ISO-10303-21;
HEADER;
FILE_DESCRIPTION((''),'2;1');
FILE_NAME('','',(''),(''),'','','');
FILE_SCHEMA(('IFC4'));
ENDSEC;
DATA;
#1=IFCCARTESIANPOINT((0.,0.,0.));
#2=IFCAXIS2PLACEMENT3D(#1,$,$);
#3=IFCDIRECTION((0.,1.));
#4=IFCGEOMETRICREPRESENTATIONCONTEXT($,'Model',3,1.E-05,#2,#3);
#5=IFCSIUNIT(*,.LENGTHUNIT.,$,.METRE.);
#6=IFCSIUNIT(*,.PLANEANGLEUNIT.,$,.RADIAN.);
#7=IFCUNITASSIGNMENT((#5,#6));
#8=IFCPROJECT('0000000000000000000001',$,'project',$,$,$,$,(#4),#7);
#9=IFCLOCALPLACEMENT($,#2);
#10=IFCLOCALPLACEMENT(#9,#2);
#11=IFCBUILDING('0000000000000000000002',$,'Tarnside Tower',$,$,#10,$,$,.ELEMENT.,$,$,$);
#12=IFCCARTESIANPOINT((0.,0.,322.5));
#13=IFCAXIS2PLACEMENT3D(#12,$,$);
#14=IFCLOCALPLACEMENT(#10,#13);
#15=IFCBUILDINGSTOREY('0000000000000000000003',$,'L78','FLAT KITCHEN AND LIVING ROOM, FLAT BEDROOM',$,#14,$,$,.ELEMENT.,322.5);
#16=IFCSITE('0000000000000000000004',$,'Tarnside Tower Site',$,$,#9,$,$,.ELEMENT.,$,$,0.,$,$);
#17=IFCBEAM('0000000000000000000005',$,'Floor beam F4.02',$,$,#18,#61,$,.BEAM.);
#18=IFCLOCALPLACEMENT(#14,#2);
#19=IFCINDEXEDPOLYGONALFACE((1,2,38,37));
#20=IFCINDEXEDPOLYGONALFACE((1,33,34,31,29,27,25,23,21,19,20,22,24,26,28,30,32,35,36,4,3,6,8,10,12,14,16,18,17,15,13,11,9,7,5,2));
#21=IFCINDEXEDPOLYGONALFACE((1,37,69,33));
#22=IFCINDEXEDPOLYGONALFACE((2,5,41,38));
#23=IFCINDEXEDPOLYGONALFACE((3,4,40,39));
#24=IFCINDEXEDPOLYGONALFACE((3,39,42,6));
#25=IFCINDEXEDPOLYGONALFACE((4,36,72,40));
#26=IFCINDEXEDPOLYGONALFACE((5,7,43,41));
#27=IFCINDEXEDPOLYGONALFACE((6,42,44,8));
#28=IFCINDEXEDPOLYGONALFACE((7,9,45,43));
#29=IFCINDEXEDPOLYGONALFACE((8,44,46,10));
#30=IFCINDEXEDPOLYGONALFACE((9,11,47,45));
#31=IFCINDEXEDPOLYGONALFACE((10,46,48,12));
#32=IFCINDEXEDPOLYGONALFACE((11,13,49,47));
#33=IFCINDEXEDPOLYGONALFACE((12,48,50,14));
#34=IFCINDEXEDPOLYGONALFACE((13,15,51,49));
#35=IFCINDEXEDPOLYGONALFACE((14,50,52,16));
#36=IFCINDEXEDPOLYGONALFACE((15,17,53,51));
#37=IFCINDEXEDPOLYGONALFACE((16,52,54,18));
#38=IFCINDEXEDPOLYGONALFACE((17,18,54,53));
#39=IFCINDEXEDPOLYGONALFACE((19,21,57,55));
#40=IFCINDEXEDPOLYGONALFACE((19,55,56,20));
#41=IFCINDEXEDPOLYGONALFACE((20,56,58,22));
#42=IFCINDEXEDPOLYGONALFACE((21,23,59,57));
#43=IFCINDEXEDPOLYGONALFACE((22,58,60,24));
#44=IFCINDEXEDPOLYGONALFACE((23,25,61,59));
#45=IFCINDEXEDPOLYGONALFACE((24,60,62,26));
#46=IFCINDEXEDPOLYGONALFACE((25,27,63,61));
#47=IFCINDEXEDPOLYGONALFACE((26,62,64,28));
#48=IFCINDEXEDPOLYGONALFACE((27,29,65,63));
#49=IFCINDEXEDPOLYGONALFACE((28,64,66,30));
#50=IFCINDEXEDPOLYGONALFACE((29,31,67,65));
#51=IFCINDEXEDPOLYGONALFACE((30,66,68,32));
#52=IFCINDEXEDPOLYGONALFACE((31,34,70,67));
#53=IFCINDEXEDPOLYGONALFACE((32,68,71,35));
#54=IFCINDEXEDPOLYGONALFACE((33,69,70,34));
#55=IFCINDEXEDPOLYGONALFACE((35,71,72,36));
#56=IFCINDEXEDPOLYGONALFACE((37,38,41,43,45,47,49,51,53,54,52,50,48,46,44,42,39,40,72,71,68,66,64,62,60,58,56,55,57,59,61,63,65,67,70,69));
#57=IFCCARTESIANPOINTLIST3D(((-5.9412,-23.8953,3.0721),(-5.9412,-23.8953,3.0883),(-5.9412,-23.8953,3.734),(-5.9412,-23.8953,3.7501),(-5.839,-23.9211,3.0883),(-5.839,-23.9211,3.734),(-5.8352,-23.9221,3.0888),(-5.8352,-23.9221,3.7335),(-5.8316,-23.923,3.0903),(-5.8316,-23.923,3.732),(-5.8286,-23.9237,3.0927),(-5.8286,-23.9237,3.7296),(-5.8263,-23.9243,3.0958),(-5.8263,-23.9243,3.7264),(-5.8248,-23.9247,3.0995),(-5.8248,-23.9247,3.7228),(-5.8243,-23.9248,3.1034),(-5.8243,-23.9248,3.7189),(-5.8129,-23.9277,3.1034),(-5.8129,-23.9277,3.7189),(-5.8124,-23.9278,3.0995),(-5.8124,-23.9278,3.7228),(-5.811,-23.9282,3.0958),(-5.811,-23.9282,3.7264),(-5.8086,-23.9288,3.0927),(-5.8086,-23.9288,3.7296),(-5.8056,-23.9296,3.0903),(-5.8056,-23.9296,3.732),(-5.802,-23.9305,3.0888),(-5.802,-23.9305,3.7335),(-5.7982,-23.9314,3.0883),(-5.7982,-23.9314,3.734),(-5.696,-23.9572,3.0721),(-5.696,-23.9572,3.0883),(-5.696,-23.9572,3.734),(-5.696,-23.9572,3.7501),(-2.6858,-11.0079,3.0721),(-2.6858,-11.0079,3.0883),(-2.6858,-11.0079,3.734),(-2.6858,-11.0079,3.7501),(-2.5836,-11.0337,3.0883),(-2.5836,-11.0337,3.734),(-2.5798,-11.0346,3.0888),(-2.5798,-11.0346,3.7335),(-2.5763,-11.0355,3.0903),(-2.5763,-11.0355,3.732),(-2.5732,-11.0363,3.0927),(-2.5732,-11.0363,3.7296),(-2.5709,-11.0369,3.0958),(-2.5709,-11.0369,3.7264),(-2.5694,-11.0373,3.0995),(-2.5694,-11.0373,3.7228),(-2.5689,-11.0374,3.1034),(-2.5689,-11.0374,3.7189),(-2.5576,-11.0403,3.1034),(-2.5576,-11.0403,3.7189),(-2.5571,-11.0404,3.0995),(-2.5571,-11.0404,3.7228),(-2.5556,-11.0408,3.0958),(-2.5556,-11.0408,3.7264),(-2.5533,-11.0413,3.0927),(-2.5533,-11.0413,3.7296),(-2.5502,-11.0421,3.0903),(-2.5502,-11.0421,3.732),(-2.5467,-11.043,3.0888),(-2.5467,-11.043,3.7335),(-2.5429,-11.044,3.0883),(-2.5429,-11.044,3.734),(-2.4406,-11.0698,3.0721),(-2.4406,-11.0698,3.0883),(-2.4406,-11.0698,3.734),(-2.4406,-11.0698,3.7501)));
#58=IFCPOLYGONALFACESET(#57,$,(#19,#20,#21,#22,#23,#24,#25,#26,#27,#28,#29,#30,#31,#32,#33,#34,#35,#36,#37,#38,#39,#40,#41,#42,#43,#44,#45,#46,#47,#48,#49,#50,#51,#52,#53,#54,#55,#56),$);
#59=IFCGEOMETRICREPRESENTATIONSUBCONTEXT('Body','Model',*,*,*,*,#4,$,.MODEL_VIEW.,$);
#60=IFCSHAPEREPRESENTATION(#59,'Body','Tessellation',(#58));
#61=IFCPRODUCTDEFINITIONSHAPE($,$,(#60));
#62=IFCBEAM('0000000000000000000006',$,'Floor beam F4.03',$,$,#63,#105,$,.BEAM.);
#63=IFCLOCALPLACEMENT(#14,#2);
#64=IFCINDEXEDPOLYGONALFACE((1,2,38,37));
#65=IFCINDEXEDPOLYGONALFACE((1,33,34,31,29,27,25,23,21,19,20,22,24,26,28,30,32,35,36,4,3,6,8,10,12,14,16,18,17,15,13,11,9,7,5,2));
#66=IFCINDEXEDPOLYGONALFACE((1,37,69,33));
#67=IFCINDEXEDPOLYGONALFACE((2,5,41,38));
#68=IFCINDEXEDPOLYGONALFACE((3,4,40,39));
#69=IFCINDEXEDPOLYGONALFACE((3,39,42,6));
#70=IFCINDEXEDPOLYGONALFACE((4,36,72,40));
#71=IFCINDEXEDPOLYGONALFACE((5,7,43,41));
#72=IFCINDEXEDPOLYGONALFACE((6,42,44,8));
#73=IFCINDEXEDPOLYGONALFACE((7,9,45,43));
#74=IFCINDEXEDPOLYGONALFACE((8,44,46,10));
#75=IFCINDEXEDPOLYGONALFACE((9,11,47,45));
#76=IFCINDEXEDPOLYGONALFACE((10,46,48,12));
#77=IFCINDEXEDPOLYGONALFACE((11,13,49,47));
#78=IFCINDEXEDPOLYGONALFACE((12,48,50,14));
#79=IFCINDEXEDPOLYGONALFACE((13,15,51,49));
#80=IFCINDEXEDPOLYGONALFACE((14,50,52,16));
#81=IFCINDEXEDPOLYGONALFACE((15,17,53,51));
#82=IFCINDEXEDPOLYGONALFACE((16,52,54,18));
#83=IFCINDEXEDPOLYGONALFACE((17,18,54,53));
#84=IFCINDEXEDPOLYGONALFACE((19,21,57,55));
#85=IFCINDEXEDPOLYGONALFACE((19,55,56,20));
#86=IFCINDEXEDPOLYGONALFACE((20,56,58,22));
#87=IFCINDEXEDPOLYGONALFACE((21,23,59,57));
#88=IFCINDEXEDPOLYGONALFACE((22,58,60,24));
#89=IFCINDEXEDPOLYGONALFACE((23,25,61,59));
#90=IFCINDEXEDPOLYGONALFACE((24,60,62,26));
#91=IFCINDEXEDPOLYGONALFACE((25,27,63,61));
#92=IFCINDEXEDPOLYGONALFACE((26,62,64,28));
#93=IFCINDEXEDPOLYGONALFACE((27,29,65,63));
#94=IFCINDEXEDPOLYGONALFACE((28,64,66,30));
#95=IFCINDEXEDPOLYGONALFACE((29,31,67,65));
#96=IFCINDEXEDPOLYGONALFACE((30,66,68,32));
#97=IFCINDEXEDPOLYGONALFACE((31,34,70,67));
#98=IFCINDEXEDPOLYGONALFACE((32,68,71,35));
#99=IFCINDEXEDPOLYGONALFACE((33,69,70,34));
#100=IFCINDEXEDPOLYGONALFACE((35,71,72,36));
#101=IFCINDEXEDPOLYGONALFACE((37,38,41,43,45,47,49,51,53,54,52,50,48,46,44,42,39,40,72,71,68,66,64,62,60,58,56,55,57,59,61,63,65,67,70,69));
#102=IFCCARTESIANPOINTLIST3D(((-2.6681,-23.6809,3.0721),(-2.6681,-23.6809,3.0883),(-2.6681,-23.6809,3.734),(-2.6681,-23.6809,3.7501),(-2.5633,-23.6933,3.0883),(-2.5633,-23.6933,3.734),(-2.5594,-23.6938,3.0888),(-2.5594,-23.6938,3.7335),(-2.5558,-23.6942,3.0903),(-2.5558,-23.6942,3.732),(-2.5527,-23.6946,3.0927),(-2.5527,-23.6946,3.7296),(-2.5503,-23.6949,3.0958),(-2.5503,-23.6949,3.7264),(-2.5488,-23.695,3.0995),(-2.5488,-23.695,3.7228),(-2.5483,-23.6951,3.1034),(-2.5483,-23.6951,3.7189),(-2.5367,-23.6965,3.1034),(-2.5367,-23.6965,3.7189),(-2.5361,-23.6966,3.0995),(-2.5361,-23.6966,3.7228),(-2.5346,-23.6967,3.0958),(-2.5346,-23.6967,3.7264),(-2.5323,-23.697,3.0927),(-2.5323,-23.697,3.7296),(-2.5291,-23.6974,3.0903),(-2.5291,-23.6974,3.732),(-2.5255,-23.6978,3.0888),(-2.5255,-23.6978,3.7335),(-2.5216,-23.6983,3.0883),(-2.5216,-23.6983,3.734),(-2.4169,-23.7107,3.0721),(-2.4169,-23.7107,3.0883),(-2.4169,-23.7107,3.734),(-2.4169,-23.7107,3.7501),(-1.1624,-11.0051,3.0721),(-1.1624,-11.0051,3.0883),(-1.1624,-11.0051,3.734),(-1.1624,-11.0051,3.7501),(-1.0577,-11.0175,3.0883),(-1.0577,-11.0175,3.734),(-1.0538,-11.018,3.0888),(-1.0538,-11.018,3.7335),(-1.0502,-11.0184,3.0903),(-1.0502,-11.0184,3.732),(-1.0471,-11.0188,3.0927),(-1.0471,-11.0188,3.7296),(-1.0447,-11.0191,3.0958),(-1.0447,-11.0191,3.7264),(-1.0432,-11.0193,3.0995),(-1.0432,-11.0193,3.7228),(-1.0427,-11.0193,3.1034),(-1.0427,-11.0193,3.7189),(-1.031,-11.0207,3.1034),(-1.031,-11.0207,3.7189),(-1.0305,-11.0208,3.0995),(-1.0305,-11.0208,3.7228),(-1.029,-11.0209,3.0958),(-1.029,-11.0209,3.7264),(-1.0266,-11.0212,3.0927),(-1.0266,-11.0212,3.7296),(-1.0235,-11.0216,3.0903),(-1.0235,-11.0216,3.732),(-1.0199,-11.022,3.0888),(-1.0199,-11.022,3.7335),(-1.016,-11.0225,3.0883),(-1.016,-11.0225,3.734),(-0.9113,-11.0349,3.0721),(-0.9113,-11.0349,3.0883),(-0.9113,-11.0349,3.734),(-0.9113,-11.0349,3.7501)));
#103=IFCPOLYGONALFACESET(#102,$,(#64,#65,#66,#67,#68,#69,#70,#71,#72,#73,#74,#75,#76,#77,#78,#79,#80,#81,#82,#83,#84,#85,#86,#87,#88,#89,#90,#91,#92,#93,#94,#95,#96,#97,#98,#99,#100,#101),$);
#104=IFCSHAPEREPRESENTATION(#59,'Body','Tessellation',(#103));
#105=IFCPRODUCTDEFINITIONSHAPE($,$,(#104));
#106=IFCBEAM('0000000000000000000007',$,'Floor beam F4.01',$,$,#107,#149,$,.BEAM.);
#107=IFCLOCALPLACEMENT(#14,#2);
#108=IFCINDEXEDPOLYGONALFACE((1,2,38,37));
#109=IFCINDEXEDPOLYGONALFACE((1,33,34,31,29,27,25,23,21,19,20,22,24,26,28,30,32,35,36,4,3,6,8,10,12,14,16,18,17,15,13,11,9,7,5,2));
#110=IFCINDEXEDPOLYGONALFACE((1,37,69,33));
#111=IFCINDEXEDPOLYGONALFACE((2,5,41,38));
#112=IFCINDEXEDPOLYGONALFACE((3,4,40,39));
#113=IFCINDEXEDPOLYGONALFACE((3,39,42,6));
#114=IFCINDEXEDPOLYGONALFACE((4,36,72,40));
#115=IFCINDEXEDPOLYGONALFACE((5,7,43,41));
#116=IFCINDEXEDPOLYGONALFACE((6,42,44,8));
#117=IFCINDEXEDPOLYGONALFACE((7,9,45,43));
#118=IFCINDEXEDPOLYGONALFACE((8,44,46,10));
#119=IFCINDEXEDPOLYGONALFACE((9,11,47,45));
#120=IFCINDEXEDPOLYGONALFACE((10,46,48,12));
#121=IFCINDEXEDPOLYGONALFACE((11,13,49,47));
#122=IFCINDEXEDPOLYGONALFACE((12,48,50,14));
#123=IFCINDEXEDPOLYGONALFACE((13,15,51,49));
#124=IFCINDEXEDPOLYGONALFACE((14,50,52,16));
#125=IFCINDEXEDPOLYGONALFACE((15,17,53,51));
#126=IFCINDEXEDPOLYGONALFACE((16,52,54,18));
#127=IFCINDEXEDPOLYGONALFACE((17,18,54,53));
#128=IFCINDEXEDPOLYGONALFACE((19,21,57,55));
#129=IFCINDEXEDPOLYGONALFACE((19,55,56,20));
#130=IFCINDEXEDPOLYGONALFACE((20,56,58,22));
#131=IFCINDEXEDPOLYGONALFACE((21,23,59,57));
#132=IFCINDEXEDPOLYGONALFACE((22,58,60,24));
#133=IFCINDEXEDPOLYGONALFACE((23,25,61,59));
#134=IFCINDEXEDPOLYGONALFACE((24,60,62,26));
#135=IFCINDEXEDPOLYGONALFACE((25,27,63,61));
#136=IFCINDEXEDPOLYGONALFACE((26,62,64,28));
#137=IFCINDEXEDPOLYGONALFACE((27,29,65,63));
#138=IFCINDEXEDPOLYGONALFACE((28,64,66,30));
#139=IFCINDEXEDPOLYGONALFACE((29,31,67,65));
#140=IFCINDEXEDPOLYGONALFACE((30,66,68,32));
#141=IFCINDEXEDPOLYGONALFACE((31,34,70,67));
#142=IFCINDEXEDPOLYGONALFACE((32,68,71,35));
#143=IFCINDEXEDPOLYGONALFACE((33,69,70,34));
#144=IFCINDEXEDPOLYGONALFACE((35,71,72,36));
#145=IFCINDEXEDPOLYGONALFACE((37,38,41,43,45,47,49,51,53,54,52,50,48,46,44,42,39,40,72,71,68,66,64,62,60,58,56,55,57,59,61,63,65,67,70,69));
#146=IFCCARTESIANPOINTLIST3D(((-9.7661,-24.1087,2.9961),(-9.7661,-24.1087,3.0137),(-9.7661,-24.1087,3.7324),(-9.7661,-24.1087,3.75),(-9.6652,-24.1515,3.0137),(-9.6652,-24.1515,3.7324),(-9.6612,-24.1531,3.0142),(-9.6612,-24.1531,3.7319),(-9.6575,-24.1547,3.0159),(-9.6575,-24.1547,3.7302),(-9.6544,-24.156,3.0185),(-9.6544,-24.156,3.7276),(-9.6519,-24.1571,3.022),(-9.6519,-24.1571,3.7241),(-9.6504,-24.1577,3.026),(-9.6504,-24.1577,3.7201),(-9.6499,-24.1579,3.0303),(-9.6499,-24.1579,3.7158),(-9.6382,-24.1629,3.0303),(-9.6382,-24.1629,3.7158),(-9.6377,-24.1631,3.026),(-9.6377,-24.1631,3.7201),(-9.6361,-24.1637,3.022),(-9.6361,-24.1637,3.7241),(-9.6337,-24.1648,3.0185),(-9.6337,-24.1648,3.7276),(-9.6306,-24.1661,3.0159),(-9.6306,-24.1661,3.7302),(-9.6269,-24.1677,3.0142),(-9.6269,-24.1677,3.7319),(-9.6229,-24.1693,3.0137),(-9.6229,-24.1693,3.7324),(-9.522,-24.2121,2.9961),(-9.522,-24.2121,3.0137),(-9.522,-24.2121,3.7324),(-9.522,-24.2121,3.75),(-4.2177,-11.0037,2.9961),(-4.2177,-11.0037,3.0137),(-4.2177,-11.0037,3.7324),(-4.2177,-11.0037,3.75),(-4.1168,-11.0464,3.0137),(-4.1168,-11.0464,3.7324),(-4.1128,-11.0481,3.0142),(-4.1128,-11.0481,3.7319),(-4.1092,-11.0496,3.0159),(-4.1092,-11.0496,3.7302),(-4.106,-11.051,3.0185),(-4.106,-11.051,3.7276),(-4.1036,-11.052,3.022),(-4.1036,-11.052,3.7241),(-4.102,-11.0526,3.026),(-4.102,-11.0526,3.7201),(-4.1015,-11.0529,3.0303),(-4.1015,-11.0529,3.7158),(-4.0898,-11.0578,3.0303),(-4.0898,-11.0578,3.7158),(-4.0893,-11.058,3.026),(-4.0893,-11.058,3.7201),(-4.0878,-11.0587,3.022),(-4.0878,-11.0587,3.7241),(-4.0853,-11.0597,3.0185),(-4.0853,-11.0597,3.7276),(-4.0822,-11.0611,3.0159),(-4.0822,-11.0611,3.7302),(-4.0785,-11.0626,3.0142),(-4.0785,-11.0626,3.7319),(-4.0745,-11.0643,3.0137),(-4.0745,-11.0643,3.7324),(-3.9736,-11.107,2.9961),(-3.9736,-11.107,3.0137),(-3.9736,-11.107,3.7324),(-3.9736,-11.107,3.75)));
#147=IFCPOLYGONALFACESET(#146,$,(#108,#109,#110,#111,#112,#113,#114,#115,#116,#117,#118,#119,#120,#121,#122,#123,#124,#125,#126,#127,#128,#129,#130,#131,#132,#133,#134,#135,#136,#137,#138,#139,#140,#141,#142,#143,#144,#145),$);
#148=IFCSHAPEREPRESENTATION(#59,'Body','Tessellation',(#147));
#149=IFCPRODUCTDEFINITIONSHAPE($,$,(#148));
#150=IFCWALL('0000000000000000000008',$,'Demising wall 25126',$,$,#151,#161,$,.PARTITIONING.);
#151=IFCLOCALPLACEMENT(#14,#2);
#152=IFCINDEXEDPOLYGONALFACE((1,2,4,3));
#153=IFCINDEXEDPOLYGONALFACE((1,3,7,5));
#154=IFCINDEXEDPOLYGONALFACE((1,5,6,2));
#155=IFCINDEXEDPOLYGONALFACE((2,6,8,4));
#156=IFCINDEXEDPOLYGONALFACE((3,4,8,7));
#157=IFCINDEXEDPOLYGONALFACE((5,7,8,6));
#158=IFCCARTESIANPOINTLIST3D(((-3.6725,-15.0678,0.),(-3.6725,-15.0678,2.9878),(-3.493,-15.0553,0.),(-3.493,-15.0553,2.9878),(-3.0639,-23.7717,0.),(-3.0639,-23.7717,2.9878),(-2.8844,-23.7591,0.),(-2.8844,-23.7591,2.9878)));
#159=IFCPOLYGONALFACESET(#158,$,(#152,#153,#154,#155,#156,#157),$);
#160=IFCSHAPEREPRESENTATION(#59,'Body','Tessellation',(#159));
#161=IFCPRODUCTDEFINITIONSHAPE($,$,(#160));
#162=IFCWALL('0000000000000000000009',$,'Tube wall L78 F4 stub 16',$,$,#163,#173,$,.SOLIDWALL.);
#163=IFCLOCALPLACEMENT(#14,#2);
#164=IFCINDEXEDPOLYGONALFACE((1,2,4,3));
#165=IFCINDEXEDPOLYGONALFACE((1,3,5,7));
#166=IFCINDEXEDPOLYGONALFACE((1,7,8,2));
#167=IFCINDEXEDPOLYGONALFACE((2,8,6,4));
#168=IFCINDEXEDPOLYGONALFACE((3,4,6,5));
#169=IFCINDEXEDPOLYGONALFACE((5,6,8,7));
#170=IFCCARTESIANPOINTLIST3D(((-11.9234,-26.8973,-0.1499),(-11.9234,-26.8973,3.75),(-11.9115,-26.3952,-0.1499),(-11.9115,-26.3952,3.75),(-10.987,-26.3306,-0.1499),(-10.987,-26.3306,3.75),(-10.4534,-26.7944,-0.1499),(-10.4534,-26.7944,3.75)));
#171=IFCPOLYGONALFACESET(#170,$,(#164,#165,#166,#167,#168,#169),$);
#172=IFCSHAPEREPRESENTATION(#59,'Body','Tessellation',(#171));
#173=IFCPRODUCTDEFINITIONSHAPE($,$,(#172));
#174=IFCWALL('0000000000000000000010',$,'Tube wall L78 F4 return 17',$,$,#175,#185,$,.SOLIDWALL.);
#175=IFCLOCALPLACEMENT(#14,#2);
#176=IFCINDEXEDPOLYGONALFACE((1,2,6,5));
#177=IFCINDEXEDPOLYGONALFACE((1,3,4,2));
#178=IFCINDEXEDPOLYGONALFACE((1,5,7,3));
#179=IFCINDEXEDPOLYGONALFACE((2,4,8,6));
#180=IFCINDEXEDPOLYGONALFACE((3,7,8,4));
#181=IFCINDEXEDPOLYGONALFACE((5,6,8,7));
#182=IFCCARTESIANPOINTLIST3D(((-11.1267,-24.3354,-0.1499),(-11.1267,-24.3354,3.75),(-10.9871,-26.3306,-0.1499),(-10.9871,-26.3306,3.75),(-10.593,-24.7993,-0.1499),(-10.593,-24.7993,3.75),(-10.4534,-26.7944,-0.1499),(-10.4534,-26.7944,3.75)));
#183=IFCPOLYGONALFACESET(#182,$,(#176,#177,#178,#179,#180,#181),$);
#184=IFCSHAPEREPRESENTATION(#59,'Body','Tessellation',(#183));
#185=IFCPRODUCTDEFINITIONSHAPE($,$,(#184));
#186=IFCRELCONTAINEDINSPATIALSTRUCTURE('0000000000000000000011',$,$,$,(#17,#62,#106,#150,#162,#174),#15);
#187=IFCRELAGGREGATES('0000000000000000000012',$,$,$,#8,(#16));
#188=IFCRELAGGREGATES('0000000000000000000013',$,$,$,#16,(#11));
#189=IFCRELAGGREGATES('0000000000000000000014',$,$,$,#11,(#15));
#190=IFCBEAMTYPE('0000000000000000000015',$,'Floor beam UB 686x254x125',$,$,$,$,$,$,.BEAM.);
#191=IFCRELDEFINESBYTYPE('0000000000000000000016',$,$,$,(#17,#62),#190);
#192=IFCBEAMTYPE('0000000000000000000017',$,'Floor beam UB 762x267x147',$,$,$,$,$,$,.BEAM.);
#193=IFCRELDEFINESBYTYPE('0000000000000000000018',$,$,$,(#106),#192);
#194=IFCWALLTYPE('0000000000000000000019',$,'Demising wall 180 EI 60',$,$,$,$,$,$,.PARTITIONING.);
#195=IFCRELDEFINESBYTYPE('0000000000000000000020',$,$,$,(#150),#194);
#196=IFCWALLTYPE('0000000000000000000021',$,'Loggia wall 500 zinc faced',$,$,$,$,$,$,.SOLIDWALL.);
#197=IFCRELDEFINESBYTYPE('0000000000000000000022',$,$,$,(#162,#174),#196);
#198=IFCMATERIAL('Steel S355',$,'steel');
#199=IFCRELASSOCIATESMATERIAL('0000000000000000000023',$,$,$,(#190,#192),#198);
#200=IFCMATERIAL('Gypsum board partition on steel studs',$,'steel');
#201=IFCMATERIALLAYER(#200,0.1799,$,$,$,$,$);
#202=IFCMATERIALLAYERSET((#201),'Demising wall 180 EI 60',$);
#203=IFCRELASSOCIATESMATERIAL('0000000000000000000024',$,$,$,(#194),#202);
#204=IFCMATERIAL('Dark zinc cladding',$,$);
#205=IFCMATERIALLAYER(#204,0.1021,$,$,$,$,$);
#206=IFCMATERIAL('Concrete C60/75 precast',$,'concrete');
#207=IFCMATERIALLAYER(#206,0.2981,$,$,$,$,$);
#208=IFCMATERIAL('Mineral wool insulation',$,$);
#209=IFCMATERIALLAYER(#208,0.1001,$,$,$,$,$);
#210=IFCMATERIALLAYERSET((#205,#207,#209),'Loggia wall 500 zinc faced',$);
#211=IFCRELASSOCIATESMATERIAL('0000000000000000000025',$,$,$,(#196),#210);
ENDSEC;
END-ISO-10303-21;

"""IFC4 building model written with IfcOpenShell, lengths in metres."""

from ifc_helpers import new_model, si_unit, direction, frame, frame_2d, origin, origin_2d, place, context, subcontext, project, spatial, polyline, rectangle, i_section, outline, extrude, material, layer, layer_set, material_profile, profile_set, type_object, element, save


model = new_model("IFC4")

# Units and contexts
model_context = context("Model", 3, precision=1e-05, world=origin(), true_north=direction((0.0, 1.0)))
body_context = subcontext(model_context, "Body", "Model", "MODEL_VIEW")
ifc_project = project(units=[si_unit("LENGTHUNIT", "METRE"), si_unit("PLANEANGLEUNIT", "RADIAN")], contexts=[model_context])

# Site, building, storey
site_placement = place(None, origin())
site = spatial("IfcSite", under=ifc_project, at=site_placement, Name="Tarnside Tower Site", CompositionType="ELEMENT", RefElevation=0.0)
building_placement = place(site_placement, origin())
building = spatial("IfcBuilding", under=site, at=building_placement, Name="Tarnside Tower", CompositionType="ELEMENT")
storey_placement = place(building_placement, frame((0.0, 0.0, 322.5)))
storey = spatial("IfcBuildingStorey", under=building, at=storey_placement, Name="L78", Description="FLAT KITCHEN AND LIVING ROOM, FLAT BEDROOM", CompositionType="ELEMENT", Elevation=322.5)

# Beams
ifc_material_1 = material(Name="Steel S355", Category="steel")
ifc_material_profile_1 = material_profile(ifc_material_1, i_section(OverallWidth=0.2529, OverallDepth=0.678, WebThickness=0.0117, FlangeThickness=0.0161, FilletRadius=0.0151, at=origin_2d()), Name="UB 686x254x125")
ifc_profile_set_1 = profile_set([ifc_material_profile_1], Name="Steel S355")
beam_type_1 = type_object("IfcBeamType", Name="Floor beam UB 686x254x125", PredefinedType="BEAM", material=ifc_profile_set_1)
beam_1_placement = place(storey_placement, frame((-5.8186, -23.9263, 3.4111), z_axis=(0.244908, 0.969546, 0.0), x_axis=(-0.969546, 0.244908, 0.0)))
element("IfcBeam", 1, at=beam_1_placement, inside=storey, type_object=beam_type_1, Name="Floor beam F4.02", PredefinedType="BEAM", context=body_context, shape_type="SweptSolid", body=[
    extrude(i_section(OverallWidth=0.2529, OverallDepth=0.678, WebThickness=0.0117, FlangeThickness=0.0161, FilletRadius=0.0151, at=origin_2d()), origin(), (0.0, 0.0, 1.0), 13.2922),
])
beam_2_placement = place(storey_placement, frame((-2.5425, -23.6958, 3.4111), z_axis=(0.11795, 0.99302, 0.0), x_axis=(-0.99302, 0.11795, 0.0)))
element("IfcBeam", 2, at=beam_2_placement, inside=storey, type_object=beam_type_1, Name="Floor beam F4.03", PredefinedType="BEAM", context=body_context, shape_type="SweptSolid", body=[
    extrude(i_section(OverallWidth=0.2529, OverallDepth=0.678, WebThickness=0.0117, FlangeThickness=0.0161, FilletRadius=0.0151, at=origin_2d()), origin(), (0.0, 0.0, 1.0), 12.7649),
])
ifc_material_profile_2 = material_profile(ifc_material_1, i_section(OverallWidth=0.2651, OverallDepth=0.7539, WebThickness=0.0127, FlangeThickness=0.0176, FilletRadius=0.0166, at=origin_2d()), Name="UB 762x267x147")
ifc_profile_set_2 = profile_set([ifc_material_profile_2], Name="Steel S355")
beam_type_2 = type_object("IfcBeamType", Name="Floor beam UB 762x267x147", PredefinedType="BEAM", material=ifc_profile_set_2)
beam_3_placement = place(storey_placement, frame((-9.644, -24.1604, 3.373), z_axis=(0.389874, 0.920868, 0.0), x_axis=(-0.920868, 0.389874, 0.0)))
element("IfcBeam", 3, at=beam_3_placement, inside=storey, type_object=beam_type_2, Name="Floor beam F4.01", PredefinedType="BEAM", context=body_context, shape_type="SweptSolid", body=[
    extrude(i_section(OverallWidth=0.2651, OverallDepth=0.7539, WebThickness=0.0127, FlangeThickness=0.0176, FilletRadius=0.0166, at=origin_2d()), origin(), (0.0, 0.0, 1.0), 14.2312),
])

# Walls
ifc_material_2 = material(Name="Gypsum board partition on steel studs", Category="steel")
ifc_layer_1 = layer(ifc_material_2, 0.1799)
ifc_layer_set_1 = layer_set([ifc_layer_1], Name="Demising wall 180 EI 60")
wall_type_1 = type_object("IfcWallType", Name="Demising wall 180 EI 60", PredefinedType="PARTITIONING", material=ifc_layer_set_1)
wall_1_placement = place(storey_placement, frame((-2.9741, -23.7654, 0.0), z_axis=(0.0, 0.0, 1.0), x_axis=(-0.069758, 0.997564, 0.0)))
element("IfcWall", 4, at=wall_1_placement, inside=storey, type_object=wall_type_1, Name="Demising wall 25126", PredefinedType="PARTITIONING", context=body_context, shape_type="SweptSolid", body=[
    extrude(rectangle(XDim=8.7251, YDim=0.1799, at=frame_2d((4.3625, 0.0))), origin(), (0.0, 0.0, 1.0), 2.9878),
])
ifc_material_3 = material(Name="Dark zinc cladding")
ifc_layer_2 = layer(ifc_material_3, 0.1021)
ifc_material_4 = material(Name="Concrete C60/75 precast", Category="concrete")
ifc_layer_3 = layer(ifc_material_4, 0.2981)
ifc_material_5 = material(Name="Mineral wool insulation")
ifc_layer_4 = layer(ifc_material_5, 0.1001)
ifc_layer_set_2 = layer_set([ifc_layer_2, ifc_layer_3, ifc_layer_4], Name="Loggia wall 500 zinc faced")
wall_type_2 = type_object("IfcWallType", Name="Loggia wall 500 zinc faced", PredefinedType="SOLIDWALL", material=ifc_layer_set_2)
wall_2_placement = place(storey_placement, frame((-11.9175, -26.6462, -0.1499), z_axis=(0.0, 0.0, 1.0), x_axis=(0.997563, 0.069772, 0.0)))
element("IfcWall", 5, at=wall_2_placement, inside=storey, type_object=wall_type_2, Name="Tube wall L78 F4 stub 16", PredefinedType="SOLIDWALL", context=body_context, shape_type="SweptSolid", body=[
    extrude(outline(polyline([(-0.0234, -0.25), (1.4502, -0.25), (0.9502, 0.25), (0.0234, 0.25), (-0.0234, -0.25)])), origin(), (0.0, 0.0, 1.0), 3.8999),
])
wall_3_placement = place(storey_placement, frame((-10.7202, -26.5625, -0.1499), z_axis=(0.0, 0.0, 1.0), x_axis=(-0.069824, 0.997559, 0.0)))
element("IfcWall", 6, at=wall_3_placement, inside=storey, type_object=wall_type_2, Name="Tube wall L78 F4 return 17", PredefinedType="SOLIDWALL", context=body_context, shape_type="SweptSolid", body=[
    extrude(outline(polyline([(-0.25, -0.25), (1.75, -0.25), (2.25, 0.25), (0.25, 0.25), (-0.25, -0.25)])), origin(), (0.0, 0.0, 1.0), 3.8999),
])

save(model, "model.ifc")
